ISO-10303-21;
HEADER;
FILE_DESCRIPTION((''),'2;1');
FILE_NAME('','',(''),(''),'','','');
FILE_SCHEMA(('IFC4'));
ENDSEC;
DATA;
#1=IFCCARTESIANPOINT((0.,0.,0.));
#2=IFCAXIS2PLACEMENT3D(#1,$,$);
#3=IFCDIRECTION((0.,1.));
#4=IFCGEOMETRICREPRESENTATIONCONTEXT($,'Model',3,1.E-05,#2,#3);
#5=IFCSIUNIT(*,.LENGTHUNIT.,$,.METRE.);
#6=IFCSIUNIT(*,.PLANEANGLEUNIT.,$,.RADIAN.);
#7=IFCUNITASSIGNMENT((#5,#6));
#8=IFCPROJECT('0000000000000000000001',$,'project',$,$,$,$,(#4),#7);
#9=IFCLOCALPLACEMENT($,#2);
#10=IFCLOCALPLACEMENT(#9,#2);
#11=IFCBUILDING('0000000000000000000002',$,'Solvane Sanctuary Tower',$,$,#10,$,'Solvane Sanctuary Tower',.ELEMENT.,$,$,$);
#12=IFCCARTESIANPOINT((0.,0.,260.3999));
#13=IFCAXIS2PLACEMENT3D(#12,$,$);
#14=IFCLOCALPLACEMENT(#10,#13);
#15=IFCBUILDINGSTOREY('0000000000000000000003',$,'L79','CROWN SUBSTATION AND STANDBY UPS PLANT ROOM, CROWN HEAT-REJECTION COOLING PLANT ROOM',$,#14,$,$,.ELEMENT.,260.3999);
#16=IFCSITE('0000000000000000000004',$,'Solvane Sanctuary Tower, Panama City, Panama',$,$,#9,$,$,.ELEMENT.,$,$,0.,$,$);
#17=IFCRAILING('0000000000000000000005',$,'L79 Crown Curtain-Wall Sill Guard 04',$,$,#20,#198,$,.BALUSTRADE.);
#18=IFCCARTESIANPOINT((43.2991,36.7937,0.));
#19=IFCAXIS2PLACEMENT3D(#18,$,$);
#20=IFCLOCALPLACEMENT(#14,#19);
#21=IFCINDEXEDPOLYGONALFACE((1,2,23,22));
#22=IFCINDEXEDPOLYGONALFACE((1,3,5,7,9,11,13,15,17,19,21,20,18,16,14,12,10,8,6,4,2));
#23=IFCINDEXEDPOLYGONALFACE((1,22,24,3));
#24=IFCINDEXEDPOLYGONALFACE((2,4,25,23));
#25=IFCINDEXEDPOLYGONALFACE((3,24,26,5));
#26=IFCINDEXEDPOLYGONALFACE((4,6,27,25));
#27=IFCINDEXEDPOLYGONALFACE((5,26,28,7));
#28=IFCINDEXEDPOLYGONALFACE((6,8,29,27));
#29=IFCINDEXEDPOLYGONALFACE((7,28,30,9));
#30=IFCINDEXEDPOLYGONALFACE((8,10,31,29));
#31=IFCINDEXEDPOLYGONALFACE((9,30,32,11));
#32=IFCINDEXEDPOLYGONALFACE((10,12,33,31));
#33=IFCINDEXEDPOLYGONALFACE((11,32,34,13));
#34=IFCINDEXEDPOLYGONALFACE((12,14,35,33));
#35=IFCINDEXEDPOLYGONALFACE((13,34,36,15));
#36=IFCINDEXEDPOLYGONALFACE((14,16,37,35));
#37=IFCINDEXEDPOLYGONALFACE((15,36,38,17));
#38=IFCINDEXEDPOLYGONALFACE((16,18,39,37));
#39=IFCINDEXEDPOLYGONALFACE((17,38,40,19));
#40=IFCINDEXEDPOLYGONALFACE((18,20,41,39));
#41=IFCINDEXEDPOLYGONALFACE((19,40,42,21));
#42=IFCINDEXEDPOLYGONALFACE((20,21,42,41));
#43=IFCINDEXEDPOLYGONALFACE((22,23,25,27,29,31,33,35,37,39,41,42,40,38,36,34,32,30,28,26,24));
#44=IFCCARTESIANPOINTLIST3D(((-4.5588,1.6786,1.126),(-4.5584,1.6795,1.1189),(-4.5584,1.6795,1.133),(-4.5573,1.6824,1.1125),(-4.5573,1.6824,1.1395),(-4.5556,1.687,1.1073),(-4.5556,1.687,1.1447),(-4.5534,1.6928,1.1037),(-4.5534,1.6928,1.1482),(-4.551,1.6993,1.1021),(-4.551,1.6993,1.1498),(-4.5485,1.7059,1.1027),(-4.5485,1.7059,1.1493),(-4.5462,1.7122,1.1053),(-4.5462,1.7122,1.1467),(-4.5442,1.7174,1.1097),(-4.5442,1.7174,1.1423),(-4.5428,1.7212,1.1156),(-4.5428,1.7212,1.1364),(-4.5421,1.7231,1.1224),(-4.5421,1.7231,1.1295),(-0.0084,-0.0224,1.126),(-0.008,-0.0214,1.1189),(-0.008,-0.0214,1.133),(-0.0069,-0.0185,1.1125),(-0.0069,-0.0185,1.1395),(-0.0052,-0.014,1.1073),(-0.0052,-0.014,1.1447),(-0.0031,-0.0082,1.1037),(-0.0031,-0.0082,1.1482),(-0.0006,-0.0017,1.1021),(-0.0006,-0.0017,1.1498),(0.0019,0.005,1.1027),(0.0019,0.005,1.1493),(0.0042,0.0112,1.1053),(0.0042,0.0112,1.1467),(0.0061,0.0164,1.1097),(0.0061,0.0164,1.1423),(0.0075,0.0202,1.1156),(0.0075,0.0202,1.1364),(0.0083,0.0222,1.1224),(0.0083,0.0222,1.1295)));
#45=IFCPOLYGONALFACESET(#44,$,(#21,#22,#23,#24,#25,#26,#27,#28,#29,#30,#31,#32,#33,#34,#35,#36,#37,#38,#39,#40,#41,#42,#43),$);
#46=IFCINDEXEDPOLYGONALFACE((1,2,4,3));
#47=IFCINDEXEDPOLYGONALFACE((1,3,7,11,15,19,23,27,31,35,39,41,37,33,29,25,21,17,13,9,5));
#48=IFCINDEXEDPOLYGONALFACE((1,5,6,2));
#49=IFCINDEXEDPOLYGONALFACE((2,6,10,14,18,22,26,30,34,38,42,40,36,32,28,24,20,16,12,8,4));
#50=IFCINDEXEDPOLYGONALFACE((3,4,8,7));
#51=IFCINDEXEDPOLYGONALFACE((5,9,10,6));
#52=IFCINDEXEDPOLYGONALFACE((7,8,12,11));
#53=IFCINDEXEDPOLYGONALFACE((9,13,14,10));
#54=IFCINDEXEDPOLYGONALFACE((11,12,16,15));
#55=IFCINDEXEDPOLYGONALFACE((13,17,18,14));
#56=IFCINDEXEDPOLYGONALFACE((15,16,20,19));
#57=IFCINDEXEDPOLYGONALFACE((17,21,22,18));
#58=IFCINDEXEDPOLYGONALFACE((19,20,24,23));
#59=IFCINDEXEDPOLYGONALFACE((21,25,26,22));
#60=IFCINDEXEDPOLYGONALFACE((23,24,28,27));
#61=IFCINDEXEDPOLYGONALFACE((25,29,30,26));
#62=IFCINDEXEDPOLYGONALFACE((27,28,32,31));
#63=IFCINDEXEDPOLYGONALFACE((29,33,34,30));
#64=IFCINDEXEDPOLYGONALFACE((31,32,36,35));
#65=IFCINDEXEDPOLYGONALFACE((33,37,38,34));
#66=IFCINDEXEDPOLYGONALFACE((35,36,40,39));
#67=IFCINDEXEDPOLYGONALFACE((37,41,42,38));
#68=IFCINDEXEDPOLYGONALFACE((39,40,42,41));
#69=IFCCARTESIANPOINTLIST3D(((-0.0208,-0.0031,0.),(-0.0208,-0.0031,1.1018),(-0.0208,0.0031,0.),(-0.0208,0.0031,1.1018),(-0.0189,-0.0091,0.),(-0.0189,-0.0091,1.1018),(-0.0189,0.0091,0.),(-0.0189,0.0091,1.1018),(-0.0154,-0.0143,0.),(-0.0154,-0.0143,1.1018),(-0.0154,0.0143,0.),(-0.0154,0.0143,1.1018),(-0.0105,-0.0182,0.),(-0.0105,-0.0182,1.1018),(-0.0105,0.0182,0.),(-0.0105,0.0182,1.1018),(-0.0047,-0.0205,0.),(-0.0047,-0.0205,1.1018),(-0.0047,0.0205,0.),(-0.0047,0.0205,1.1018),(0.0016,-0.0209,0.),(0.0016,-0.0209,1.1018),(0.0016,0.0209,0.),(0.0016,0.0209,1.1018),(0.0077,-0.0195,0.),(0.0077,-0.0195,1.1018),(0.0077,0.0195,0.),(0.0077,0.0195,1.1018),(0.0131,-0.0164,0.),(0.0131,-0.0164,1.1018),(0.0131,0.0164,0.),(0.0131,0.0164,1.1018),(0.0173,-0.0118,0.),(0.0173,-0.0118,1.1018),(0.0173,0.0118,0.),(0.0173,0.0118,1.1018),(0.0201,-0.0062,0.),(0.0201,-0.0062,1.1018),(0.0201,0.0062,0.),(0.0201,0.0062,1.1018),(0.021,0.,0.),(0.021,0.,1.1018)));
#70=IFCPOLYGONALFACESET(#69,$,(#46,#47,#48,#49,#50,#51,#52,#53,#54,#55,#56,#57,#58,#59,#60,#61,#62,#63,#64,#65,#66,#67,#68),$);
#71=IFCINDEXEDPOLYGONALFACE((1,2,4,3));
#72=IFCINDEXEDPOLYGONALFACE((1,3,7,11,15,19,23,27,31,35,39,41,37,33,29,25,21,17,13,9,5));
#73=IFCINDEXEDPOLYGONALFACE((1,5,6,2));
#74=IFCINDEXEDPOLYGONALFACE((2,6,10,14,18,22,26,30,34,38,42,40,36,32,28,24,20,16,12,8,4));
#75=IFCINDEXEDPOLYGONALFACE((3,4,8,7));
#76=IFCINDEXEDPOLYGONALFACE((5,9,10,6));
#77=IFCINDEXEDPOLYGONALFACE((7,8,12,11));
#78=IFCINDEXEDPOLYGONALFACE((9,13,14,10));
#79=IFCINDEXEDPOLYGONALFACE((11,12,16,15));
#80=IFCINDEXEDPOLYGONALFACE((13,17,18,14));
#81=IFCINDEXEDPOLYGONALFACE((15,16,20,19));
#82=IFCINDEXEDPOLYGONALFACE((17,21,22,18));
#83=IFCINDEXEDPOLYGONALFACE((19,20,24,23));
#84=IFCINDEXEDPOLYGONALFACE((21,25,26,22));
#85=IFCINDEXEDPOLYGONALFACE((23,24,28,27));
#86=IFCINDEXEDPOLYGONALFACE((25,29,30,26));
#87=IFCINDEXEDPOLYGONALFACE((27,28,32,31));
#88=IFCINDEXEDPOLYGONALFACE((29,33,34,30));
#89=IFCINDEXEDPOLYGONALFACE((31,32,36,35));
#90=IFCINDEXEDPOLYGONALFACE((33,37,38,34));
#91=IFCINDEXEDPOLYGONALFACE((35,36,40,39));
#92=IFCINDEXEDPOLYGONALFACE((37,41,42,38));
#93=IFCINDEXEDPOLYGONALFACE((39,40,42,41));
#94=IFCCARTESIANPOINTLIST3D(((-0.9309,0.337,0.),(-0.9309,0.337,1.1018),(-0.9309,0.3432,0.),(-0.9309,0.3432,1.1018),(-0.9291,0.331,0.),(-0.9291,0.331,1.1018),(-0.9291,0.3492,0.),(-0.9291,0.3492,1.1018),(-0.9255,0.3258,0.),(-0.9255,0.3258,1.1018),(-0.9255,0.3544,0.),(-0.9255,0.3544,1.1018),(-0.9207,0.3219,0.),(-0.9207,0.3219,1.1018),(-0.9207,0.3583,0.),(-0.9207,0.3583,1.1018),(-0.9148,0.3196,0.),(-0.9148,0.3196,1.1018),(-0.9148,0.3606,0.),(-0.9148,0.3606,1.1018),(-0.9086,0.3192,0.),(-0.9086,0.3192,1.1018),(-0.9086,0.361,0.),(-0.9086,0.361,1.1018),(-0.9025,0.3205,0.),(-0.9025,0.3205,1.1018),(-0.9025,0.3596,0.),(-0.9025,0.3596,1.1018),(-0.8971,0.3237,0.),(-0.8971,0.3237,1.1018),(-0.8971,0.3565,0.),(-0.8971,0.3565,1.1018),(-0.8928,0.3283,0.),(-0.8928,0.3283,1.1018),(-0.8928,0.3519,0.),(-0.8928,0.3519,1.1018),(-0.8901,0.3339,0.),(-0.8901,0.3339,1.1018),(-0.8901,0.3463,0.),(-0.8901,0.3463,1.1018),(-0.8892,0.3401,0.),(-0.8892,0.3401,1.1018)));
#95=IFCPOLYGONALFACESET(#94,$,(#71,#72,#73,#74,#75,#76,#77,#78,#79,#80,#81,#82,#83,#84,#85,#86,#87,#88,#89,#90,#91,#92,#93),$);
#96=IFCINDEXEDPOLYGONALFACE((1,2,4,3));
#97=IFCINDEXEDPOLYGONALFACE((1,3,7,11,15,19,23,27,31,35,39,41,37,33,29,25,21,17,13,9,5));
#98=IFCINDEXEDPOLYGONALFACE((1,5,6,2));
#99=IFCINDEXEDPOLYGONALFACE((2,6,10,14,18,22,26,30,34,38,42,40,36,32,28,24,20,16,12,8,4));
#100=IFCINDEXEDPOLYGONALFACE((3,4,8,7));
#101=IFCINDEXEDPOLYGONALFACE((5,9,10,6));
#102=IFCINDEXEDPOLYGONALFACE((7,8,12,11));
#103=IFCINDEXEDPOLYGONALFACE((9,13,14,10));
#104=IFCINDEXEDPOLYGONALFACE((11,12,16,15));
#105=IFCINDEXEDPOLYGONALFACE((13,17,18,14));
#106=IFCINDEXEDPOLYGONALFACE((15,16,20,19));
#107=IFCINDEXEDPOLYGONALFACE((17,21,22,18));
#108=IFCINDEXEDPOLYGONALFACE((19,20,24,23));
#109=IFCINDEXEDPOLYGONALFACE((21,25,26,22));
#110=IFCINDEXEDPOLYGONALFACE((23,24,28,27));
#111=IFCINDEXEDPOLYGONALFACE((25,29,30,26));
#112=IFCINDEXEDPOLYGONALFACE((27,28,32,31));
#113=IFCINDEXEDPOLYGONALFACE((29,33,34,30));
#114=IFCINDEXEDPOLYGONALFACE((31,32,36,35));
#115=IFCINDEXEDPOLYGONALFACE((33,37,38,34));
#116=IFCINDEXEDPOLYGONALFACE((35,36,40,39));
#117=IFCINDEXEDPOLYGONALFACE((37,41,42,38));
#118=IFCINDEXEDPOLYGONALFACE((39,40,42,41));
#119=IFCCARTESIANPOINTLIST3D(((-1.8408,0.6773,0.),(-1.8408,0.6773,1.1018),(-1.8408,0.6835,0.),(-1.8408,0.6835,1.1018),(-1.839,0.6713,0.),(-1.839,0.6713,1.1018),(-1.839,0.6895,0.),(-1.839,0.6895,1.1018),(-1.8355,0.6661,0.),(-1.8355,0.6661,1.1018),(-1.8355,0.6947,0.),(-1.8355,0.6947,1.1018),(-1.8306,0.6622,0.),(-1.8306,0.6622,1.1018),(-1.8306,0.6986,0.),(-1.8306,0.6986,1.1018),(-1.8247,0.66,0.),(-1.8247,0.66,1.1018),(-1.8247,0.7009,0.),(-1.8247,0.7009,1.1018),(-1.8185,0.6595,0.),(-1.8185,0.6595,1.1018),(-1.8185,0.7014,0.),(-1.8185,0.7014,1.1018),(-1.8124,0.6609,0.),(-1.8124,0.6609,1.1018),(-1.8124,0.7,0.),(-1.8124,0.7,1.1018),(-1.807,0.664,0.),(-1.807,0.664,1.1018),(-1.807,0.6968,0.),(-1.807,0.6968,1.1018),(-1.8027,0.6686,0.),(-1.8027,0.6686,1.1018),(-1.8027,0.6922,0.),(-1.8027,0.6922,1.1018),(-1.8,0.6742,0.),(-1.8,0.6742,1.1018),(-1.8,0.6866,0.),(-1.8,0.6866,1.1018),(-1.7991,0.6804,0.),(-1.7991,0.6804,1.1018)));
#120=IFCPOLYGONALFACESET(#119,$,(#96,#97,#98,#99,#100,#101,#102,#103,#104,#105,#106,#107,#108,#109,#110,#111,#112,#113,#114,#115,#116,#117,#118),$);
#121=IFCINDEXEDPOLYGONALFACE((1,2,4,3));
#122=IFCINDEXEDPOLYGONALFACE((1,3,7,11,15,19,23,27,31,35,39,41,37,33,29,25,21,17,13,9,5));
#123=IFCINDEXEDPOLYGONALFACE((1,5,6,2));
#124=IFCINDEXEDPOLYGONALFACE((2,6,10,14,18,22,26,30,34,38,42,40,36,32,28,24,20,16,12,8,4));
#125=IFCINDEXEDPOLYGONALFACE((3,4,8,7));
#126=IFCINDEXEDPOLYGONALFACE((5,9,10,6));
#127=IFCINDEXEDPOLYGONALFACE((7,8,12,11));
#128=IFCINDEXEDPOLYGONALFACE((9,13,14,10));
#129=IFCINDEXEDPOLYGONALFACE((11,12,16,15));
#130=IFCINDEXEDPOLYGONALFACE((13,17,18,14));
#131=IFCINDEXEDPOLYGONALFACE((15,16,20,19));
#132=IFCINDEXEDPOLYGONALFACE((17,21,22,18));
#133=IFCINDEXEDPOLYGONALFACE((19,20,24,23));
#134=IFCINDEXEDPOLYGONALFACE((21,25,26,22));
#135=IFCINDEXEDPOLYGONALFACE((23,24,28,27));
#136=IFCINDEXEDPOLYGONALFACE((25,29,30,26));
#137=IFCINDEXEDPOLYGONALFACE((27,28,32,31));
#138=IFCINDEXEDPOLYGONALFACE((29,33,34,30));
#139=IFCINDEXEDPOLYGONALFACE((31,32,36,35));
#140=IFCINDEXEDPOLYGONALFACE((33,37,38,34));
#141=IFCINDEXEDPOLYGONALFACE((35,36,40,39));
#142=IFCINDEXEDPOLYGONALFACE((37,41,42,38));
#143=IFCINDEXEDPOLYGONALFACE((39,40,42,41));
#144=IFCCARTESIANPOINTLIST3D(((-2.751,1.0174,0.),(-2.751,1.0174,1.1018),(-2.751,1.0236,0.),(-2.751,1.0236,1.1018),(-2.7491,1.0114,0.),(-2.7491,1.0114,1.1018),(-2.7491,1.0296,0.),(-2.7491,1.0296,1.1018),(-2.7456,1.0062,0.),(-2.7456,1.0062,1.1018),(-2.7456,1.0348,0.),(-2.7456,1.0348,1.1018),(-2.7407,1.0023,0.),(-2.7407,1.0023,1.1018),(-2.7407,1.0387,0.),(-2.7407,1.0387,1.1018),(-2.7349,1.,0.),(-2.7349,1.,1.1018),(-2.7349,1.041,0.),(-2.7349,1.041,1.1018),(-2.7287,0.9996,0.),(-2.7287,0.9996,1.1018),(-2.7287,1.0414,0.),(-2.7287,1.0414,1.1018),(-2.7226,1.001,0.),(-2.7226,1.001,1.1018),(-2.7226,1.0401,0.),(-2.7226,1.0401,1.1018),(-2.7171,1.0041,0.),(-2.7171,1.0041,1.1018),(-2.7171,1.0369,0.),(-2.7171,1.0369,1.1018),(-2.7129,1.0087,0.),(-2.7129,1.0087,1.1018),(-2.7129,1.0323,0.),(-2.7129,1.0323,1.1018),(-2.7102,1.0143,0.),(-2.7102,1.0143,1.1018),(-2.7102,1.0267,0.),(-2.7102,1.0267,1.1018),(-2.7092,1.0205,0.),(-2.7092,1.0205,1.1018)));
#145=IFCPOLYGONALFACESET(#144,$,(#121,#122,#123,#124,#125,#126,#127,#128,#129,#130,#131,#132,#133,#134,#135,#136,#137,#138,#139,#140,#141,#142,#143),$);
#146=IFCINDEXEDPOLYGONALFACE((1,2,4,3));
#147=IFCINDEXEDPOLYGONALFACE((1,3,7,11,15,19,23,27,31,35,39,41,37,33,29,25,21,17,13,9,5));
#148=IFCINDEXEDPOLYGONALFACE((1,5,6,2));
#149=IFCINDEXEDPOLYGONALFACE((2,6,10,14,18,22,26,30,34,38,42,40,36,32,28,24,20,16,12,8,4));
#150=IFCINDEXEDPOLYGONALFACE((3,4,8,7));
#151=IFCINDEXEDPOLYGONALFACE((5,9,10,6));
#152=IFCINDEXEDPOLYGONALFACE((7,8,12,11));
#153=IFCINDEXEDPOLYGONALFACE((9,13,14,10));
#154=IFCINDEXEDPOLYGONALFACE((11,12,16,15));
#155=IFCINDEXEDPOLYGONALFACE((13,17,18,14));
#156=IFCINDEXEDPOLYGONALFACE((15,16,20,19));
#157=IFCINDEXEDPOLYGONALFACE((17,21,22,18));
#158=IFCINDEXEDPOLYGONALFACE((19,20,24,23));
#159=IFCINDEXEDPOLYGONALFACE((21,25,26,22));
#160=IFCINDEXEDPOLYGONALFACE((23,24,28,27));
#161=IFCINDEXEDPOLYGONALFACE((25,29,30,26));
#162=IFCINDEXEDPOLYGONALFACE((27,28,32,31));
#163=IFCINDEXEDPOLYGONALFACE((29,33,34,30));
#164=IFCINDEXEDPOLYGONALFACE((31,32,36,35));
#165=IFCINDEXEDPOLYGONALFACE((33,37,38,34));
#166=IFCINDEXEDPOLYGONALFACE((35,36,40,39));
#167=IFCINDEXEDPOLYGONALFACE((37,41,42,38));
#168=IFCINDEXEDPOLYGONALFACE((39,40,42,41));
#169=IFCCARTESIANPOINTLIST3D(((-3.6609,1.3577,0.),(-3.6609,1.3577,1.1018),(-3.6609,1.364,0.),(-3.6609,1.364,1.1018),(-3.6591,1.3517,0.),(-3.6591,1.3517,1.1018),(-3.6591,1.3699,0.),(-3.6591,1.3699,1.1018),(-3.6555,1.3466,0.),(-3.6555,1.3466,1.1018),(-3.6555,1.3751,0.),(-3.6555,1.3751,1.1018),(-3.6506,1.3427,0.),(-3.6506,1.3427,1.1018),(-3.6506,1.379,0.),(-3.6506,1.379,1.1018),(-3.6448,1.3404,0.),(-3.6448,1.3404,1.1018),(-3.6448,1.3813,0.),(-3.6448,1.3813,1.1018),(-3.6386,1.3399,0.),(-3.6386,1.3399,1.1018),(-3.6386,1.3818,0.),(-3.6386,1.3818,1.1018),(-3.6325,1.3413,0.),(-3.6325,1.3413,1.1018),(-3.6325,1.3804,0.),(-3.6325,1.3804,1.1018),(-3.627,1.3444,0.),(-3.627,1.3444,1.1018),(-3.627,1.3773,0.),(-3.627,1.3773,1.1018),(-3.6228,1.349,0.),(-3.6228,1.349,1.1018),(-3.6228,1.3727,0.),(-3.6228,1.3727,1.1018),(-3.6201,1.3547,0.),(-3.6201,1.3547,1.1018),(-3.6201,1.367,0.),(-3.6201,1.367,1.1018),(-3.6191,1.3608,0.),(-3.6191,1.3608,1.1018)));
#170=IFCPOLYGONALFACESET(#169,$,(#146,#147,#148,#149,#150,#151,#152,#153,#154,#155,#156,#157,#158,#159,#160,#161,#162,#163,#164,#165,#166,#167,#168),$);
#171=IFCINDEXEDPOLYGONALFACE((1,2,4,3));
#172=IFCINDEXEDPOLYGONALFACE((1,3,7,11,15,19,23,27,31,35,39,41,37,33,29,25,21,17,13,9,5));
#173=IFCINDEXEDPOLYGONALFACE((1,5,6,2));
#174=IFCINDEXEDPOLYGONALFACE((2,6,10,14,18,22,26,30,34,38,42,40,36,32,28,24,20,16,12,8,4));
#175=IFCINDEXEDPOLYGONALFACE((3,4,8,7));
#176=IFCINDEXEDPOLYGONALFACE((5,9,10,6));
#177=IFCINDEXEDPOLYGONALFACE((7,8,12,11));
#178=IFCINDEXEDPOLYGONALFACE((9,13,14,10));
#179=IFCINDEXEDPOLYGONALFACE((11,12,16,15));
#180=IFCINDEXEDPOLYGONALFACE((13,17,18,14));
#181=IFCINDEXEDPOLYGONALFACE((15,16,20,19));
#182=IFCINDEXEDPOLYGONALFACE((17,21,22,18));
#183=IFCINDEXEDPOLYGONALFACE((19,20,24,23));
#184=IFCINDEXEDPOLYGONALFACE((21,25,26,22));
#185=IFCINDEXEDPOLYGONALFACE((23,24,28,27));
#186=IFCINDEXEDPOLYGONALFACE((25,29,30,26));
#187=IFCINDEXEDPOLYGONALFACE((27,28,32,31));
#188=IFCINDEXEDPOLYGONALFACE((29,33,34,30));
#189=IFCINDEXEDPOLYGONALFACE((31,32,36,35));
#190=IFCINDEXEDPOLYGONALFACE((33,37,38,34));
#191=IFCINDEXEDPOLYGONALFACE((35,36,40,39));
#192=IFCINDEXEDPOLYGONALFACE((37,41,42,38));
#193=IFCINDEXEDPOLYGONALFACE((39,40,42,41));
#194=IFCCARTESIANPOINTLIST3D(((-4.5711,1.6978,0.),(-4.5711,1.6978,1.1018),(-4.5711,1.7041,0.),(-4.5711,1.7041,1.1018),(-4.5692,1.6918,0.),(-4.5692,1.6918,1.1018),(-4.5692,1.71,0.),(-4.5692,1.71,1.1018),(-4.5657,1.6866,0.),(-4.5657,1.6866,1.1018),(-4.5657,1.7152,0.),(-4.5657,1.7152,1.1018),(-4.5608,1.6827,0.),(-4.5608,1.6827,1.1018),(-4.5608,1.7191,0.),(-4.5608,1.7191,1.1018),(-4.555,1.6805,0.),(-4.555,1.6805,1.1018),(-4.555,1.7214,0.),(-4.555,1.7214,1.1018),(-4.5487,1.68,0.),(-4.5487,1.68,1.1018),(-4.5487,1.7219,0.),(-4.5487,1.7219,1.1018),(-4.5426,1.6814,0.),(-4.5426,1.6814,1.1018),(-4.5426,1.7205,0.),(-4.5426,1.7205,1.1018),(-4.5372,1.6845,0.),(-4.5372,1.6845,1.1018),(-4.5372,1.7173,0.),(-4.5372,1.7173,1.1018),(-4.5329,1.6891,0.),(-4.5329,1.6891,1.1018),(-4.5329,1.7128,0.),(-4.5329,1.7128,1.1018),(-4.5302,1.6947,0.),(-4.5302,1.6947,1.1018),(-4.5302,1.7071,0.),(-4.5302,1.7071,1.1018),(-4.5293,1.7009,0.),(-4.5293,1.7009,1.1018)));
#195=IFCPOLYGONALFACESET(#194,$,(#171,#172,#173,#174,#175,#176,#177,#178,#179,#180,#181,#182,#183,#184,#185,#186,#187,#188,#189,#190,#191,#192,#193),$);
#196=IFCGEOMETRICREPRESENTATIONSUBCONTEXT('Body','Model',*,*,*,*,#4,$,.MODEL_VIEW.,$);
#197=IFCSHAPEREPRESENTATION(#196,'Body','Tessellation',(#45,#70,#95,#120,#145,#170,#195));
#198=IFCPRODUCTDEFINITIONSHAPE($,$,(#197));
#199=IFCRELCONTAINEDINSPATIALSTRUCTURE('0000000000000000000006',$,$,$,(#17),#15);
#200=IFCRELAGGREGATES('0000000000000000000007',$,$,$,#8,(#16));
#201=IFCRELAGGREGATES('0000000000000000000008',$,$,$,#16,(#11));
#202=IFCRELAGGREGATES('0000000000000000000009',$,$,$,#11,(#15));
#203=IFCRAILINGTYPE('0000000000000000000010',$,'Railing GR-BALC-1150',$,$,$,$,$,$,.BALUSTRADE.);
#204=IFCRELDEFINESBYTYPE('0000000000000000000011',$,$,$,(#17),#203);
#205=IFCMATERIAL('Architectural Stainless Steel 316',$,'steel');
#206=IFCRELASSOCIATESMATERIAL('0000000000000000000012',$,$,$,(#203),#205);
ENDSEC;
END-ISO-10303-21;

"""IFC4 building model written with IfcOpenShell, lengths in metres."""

from ifc_helpers import new_model, si_unit, direction, frame, origin, origin_2d, place, context, subcontext, project, spatial, circle, extrude, material, type_object, element, save


model = new_model("IFC4")

# Units and contexts
model_context = context("Model", 3, precision=1e-05, world=origin(), true_north=direction((0.0, 1.0)))
body_context = subcontext(model_context, "Body", "Model", "MODEL_VIEW")
ifc_project = project(units=[si_unit("LENGTHUNIT", "METRE"), si_unit("PLANEANGLEUNIT", "RADIAN")], contexts=[model_context])

# Site, building, storey
site_placement = place(None, origin())
site = spatial("IfcSite", under=ifc_project, at=site_placement, Name="Solvane Sanctuary Tower, Panama City, Panama", CompositionType="ELEMENT", RefElevation=0.0)
building_placement = place(site_placement, origin())
building = spatial("IfcBuilding", under=site, at=building_placement, Name="Solvane Sanctuary Tower", LongName="Solvane Sanctuary Tower", CompositionType="ELEMENT")
storey_placement = place(building_placement, frame((0.0, 0.0, 260.3999)))
storey = spatial("IfcBuildingStorey", under=building, at=storey_placement, Name="L79", Description="CROWN SUBSTATION AND STANDBY UPS PLANT ROOM, CROWN HEAT-REJECTION COOLING PLANT ROOM", CompositionType="ELEMENT", Elevation=260.3999)

# Railing
ifc_material_1 = material(Name="Architectural Stainless Steel 316", Category="steel")
railing_type = type_object("IfcRailingType", Name="Railing GR-BALC-1150", PredefinedType="BALUSTRADE", material=ifc_material_1)
railing_1_placement = place(storey_placement, frame((43.2991, 36.7937, 0.0)))
element("IfcRailing", 1, at=railing_1_placement, inside=storey, type_object=railing_type, Name="L79 Crown Curtain-Wall Sill Guard 04", PredefinedType="BALUSTRADE", context=body_context, shape_type="SweptSolid", body=[
    extrude(circle(Radius=0.0239, at=origin_2d()), frame((0.0, 0.0, 1.126), z_axis=(-0.936696, 0.350143, 0.0), x_axis=(-0.350143, -0.936696, 0.0)), (0.0, 0.0, 1.0), 4.8579),
    extrude(circle(Radius=0.021, at=origin_2d()), origin(), (0.0, 0.0, 1.0), 1.1018),
    extrude(circle(Radius=0.021, at=origin_2d()), frame((-0.9102, 0.3401, 0.0)), (0.0, 0.0, 1.0), 1.1018),
    extrude(circle(Radius=0.021, at=origin_2d()), frame((-1.8201, 0.6804, 0.0)), (0.0, 0.0, 1.0), 1.1018),
    extrude(circle(Radius=0.021, at=origin_2d()), frame((-2.7302, 1.0205, 0.0)), (0.0, 0.0, 1.0), 1.1018),
    extrude(circle(Radius=0.021, at=origin_2d()), frame((-3.6401, 1.3608, 0.0)), (0.0, 0.0, 1.0), 1.1018),
    extrude(circle(Radius=0.021, at=origin_2d()), frame((-4.5503, 1.7009, 0.0)), (0.0, 0.0, 1.0), 1.1018),
])

save(model, "model.ifc")
